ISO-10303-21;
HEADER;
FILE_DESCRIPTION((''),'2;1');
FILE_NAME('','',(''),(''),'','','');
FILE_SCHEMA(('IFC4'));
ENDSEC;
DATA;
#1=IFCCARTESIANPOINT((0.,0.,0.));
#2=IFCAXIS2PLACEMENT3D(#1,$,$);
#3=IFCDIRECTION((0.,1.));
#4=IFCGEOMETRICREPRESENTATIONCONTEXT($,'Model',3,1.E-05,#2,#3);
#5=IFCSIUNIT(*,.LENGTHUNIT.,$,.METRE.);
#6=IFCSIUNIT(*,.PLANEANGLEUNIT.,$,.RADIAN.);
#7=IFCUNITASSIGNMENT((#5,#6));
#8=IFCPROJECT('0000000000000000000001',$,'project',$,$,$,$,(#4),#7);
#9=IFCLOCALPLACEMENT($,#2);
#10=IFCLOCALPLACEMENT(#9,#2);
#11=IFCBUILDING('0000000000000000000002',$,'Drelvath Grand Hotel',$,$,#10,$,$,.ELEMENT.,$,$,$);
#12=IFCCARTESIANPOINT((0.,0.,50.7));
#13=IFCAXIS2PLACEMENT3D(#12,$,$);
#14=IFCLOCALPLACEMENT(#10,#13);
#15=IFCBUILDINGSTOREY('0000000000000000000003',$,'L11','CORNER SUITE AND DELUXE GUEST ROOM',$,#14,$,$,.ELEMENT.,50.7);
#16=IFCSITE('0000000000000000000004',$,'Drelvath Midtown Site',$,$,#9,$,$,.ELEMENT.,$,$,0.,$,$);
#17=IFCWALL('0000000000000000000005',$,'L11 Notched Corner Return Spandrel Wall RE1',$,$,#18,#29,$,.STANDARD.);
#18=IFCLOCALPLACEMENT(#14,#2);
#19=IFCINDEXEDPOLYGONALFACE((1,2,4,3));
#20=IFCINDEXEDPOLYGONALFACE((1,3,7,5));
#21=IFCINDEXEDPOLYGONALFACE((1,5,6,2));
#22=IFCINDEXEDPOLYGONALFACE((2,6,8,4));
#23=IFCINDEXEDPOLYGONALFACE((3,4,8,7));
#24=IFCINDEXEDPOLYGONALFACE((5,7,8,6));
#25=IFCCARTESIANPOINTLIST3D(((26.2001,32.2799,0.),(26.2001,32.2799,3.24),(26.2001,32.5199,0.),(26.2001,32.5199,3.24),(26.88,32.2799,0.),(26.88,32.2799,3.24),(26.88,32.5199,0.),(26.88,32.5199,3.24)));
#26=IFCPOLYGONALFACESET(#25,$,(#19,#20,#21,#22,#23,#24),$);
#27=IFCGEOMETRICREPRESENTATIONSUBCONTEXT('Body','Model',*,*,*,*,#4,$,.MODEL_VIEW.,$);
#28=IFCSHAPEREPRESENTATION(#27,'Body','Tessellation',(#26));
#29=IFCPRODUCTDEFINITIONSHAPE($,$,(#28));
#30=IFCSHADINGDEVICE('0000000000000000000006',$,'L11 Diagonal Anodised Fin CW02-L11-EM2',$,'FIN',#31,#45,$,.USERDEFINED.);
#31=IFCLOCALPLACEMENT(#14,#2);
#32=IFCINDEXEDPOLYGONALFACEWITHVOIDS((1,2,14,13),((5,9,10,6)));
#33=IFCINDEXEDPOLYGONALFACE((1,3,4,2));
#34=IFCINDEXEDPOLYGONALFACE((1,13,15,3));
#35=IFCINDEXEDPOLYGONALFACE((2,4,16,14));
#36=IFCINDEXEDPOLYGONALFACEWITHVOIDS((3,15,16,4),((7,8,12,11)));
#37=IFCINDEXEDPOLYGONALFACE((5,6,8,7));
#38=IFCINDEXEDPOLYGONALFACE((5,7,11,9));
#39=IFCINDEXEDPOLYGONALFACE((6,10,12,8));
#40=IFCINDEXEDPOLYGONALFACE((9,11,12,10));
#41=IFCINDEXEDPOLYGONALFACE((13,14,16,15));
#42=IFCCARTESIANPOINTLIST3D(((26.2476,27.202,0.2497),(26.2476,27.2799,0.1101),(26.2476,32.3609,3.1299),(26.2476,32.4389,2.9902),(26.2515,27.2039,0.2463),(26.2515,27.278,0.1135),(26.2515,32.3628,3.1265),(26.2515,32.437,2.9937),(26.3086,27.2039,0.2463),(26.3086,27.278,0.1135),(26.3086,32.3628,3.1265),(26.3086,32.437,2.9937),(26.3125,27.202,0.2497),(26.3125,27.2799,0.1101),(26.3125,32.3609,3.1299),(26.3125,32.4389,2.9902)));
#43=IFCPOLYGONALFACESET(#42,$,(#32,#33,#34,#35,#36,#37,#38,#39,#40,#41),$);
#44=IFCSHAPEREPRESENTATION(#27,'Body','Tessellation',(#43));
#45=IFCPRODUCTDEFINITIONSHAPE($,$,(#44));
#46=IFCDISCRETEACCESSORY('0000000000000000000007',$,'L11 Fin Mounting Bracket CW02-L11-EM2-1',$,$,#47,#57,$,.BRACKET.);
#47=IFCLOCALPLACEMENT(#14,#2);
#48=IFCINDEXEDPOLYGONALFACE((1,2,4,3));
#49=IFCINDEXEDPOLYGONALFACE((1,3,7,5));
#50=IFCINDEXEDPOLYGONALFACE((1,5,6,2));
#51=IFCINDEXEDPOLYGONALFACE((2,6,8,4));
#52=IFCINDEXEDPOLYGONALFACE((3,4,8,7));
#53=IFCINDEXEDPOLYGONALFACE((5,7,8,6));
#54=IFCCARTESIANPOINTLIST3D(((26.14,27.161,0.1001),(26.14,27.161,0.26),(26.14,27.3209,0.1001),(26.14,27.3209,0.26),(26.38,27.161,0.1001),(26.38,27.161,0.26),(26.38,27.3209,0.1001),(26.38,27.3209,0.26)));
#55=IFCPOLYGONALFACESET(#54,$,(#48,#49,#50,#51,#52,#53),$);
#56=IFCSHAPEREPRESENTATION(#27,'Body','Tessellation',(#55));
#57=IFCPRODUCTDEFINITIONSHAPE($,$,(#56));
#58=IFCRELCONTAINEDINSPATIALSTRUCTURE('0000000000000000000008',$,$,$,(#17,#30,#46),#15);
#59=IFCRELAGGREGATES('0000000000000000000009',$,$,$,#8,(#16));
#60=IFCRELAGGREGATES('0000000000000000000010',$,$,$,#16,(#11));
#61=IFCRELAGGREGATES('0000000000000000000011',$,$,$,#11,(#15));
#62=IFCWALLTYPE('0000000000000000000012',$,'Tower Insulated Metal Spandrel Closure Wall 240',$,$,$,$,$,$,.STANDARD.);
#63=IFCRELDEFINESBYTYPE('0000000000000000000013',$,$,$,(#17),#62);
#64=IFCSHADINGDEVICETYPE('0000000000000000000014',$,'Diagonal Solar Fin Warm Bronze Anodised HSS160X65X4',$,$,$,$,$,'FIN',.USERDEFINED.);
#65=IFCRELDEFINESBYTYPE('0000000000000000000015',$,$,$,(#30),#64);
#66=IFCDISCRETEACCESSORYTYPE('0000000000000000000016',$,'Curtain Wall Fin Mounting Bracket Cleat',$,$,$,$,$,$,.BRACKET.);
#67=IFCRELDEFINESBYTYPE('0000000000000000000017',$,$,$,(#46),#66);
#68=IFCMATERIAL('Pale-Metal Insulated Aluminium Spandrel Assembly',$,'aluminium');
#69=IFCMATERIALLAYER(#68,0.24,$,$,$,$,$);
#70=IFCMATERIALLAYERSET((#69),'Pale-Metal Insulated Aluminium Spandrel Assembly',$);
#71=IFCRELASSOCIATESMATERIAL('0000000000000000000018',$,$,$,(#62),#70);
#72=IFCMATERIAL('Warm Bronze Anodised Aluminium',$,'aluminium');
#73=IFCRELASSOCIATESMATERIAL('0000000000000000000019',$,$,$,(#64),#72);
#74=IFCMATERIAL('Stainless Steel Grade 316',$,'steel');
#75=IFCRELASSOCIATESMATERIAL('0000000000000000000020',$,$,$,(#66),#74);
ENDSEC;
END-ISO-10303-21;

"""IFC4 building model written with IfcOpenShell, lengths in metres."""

from ifc_helpers import new_model, si_unit, direction, frame, frame_2d, origin, origin_2d, place, context, subcontext, project, spatial, rectangle, hollow_rectangle, extrude, material, layer, layer_set, material_profile, profile_set, type_object, element, save


model = new_model("IFC4")

# Units and contexts
model_context = context("Model", 3, precision=1e-05, world=origin(), true_north=direction((0.0, 1.0)))
body_context = subcontext(model_context, "Body", "Model", "MODEL_VIEW")
ifc_project = project(units=[si_unit("LENGTHUNIT", "METRE"), si_unit("PLANEANGLEUNIT", "RADIAN")], contexts=[model_context])

# Site, building, storey
site_placement = place(None, origin())
site = spatial("IfcSite", under=ifc_project, at=site_placement, Name="Drelvath Midtown Site", CompositionType="ELEMENT", RefElevation=0.0)
building_placement = place(site_placement, origin())
building = spatial("IfcBuilding", under=site, at=building_placement, Name="Drelvath Grand Hotel", CompositionType="ELEMENT")
storey_placement = place(building_placement, frame((0.0, 0.0, 50.7)))
storey = spatial("IfcBuildingStorey", under=building, at=storey_placement, Name="L11", Description="CORNER SUITE AND DELUXE GUEST ROOM", CompositionType="ELEMENT", Elevation=50.7)

# Wall
ifc_material_1 = material(Name="Pale-Metal Insulated Aluminium Spandrel Assembly", Category="aluminium")
ifc_layer_1 = layer(ifc_material_1, 0.24)
ifc_layer_set_1 = layer_set([ifc_layer_1], Name="Pale-Metal Insulated Aluminium Spandrel Assembly")
wall_type_1 = type_object("IfcWallType", Name="Tower Insulated Metal Spandrel Closure Wall 240", PredefinedType="STANDARD", material=ifc_layer_set_1)
wall_1_placement = place(storey_placement, frame((26.8799, 32.3999, 0.0), z_axis=(0.0, 0.0, 1.0), x_axis=(-1.0, 0.0, 0.0)))
element("IfcWall", 1, at=wall_1_placement, inside=storey, type_object=wall_type_1, Name="L11 Notched Corner Return Spandrel Wall RE1", PredefinedType="STANDARD", context=body_context, shape_type="SweptSolid", body=[
    extrude(rectangle(XDim=0.6799, YDim=0.24, at=frame_2d((0.3398, 0.0))), origin(), (0.0, 0.0, 1.0), 3.24),
])

# Shading device
ifc_material_2 = material(Name="Warm Bronze Anodised Aluminium", Category="aluminium")
ifc_material_profile_1 = material_profile(ifc_material_2, hollow_rectangle(XDim=0.0649, YDim=0.1599, WallThickness=0.0039, at=origin_2d()), Name="HSS160X65X4")
ifc_profile_set_1 = profile_set([ifc_material_profile_1], Name="Warm Bronze Anodised Aluminium")
shading_device_type = type_object("IfcShadingDeviceType", Name="Diagonal Solar Fin Warm Bronze Anodised HSS160X65X4", ElementType="FIN", PredefinedType="USERDEFINED", material=ifc_profile_set_1)
shading_device_placement = place(storey_placement, frame((26.28, 27.241, 0.1799), z_axis=(0.0, 0.873146, 0.487459), x_axis=(-1.0, 0.0, 0.0)))
element("IfcShadingDevice", 2, at=shading_device_placement, inside=storey, type_object=shading_device_type, Name="L11 Diagonal Anodised Fin CW02-L11-EM2", ObjectType="FIN", PredefinedType="USERDEFINED", context=body_context, shape_type="SweptSolid", body=[
    extrude(hollow_rectangle(XDim=0.0649, YDim=0.1599, WallThickness=0.0039, at=origin_2d()), origin(), (0.0, 0.0, 1.0), 5.9084),
])

# Discrete accessory
ifc_material_3 = material(Name="Stainless Steel Grade 316", Category="steel")
discrete_accessory_type = type_object("IfcDiscreteAccessoryType", Name="Curtain Wall Fin Mounting Bracket Cleat", PredefinedType="BRACKET", material=ifc_material_3)
discrete_accessory_placement = place(storey_placement, frame((26.26, 27.241, 0.1001), z_axis=(0.0, 0.0, 1.0), x_axis=(0.0, -1.0, 0.0)))
element("IfcDiscreteAccessory", 3, at=discrete_accessory_placement, inside=storey, type_object=discrete_accessory_type, Name="L11 Fin Mounting Bracket CW02-L11-EM2-1", PredefinedType="BRACKET", context=body_context, shape_type="SweptSolid", body=[
    extrude(rectangle(XDim=0.1599, YDim=0.24, at=origin_2d()), origin(), (0.0, 0.0, 1.0), 0.1599),
])

save(model, "model.ifc")
